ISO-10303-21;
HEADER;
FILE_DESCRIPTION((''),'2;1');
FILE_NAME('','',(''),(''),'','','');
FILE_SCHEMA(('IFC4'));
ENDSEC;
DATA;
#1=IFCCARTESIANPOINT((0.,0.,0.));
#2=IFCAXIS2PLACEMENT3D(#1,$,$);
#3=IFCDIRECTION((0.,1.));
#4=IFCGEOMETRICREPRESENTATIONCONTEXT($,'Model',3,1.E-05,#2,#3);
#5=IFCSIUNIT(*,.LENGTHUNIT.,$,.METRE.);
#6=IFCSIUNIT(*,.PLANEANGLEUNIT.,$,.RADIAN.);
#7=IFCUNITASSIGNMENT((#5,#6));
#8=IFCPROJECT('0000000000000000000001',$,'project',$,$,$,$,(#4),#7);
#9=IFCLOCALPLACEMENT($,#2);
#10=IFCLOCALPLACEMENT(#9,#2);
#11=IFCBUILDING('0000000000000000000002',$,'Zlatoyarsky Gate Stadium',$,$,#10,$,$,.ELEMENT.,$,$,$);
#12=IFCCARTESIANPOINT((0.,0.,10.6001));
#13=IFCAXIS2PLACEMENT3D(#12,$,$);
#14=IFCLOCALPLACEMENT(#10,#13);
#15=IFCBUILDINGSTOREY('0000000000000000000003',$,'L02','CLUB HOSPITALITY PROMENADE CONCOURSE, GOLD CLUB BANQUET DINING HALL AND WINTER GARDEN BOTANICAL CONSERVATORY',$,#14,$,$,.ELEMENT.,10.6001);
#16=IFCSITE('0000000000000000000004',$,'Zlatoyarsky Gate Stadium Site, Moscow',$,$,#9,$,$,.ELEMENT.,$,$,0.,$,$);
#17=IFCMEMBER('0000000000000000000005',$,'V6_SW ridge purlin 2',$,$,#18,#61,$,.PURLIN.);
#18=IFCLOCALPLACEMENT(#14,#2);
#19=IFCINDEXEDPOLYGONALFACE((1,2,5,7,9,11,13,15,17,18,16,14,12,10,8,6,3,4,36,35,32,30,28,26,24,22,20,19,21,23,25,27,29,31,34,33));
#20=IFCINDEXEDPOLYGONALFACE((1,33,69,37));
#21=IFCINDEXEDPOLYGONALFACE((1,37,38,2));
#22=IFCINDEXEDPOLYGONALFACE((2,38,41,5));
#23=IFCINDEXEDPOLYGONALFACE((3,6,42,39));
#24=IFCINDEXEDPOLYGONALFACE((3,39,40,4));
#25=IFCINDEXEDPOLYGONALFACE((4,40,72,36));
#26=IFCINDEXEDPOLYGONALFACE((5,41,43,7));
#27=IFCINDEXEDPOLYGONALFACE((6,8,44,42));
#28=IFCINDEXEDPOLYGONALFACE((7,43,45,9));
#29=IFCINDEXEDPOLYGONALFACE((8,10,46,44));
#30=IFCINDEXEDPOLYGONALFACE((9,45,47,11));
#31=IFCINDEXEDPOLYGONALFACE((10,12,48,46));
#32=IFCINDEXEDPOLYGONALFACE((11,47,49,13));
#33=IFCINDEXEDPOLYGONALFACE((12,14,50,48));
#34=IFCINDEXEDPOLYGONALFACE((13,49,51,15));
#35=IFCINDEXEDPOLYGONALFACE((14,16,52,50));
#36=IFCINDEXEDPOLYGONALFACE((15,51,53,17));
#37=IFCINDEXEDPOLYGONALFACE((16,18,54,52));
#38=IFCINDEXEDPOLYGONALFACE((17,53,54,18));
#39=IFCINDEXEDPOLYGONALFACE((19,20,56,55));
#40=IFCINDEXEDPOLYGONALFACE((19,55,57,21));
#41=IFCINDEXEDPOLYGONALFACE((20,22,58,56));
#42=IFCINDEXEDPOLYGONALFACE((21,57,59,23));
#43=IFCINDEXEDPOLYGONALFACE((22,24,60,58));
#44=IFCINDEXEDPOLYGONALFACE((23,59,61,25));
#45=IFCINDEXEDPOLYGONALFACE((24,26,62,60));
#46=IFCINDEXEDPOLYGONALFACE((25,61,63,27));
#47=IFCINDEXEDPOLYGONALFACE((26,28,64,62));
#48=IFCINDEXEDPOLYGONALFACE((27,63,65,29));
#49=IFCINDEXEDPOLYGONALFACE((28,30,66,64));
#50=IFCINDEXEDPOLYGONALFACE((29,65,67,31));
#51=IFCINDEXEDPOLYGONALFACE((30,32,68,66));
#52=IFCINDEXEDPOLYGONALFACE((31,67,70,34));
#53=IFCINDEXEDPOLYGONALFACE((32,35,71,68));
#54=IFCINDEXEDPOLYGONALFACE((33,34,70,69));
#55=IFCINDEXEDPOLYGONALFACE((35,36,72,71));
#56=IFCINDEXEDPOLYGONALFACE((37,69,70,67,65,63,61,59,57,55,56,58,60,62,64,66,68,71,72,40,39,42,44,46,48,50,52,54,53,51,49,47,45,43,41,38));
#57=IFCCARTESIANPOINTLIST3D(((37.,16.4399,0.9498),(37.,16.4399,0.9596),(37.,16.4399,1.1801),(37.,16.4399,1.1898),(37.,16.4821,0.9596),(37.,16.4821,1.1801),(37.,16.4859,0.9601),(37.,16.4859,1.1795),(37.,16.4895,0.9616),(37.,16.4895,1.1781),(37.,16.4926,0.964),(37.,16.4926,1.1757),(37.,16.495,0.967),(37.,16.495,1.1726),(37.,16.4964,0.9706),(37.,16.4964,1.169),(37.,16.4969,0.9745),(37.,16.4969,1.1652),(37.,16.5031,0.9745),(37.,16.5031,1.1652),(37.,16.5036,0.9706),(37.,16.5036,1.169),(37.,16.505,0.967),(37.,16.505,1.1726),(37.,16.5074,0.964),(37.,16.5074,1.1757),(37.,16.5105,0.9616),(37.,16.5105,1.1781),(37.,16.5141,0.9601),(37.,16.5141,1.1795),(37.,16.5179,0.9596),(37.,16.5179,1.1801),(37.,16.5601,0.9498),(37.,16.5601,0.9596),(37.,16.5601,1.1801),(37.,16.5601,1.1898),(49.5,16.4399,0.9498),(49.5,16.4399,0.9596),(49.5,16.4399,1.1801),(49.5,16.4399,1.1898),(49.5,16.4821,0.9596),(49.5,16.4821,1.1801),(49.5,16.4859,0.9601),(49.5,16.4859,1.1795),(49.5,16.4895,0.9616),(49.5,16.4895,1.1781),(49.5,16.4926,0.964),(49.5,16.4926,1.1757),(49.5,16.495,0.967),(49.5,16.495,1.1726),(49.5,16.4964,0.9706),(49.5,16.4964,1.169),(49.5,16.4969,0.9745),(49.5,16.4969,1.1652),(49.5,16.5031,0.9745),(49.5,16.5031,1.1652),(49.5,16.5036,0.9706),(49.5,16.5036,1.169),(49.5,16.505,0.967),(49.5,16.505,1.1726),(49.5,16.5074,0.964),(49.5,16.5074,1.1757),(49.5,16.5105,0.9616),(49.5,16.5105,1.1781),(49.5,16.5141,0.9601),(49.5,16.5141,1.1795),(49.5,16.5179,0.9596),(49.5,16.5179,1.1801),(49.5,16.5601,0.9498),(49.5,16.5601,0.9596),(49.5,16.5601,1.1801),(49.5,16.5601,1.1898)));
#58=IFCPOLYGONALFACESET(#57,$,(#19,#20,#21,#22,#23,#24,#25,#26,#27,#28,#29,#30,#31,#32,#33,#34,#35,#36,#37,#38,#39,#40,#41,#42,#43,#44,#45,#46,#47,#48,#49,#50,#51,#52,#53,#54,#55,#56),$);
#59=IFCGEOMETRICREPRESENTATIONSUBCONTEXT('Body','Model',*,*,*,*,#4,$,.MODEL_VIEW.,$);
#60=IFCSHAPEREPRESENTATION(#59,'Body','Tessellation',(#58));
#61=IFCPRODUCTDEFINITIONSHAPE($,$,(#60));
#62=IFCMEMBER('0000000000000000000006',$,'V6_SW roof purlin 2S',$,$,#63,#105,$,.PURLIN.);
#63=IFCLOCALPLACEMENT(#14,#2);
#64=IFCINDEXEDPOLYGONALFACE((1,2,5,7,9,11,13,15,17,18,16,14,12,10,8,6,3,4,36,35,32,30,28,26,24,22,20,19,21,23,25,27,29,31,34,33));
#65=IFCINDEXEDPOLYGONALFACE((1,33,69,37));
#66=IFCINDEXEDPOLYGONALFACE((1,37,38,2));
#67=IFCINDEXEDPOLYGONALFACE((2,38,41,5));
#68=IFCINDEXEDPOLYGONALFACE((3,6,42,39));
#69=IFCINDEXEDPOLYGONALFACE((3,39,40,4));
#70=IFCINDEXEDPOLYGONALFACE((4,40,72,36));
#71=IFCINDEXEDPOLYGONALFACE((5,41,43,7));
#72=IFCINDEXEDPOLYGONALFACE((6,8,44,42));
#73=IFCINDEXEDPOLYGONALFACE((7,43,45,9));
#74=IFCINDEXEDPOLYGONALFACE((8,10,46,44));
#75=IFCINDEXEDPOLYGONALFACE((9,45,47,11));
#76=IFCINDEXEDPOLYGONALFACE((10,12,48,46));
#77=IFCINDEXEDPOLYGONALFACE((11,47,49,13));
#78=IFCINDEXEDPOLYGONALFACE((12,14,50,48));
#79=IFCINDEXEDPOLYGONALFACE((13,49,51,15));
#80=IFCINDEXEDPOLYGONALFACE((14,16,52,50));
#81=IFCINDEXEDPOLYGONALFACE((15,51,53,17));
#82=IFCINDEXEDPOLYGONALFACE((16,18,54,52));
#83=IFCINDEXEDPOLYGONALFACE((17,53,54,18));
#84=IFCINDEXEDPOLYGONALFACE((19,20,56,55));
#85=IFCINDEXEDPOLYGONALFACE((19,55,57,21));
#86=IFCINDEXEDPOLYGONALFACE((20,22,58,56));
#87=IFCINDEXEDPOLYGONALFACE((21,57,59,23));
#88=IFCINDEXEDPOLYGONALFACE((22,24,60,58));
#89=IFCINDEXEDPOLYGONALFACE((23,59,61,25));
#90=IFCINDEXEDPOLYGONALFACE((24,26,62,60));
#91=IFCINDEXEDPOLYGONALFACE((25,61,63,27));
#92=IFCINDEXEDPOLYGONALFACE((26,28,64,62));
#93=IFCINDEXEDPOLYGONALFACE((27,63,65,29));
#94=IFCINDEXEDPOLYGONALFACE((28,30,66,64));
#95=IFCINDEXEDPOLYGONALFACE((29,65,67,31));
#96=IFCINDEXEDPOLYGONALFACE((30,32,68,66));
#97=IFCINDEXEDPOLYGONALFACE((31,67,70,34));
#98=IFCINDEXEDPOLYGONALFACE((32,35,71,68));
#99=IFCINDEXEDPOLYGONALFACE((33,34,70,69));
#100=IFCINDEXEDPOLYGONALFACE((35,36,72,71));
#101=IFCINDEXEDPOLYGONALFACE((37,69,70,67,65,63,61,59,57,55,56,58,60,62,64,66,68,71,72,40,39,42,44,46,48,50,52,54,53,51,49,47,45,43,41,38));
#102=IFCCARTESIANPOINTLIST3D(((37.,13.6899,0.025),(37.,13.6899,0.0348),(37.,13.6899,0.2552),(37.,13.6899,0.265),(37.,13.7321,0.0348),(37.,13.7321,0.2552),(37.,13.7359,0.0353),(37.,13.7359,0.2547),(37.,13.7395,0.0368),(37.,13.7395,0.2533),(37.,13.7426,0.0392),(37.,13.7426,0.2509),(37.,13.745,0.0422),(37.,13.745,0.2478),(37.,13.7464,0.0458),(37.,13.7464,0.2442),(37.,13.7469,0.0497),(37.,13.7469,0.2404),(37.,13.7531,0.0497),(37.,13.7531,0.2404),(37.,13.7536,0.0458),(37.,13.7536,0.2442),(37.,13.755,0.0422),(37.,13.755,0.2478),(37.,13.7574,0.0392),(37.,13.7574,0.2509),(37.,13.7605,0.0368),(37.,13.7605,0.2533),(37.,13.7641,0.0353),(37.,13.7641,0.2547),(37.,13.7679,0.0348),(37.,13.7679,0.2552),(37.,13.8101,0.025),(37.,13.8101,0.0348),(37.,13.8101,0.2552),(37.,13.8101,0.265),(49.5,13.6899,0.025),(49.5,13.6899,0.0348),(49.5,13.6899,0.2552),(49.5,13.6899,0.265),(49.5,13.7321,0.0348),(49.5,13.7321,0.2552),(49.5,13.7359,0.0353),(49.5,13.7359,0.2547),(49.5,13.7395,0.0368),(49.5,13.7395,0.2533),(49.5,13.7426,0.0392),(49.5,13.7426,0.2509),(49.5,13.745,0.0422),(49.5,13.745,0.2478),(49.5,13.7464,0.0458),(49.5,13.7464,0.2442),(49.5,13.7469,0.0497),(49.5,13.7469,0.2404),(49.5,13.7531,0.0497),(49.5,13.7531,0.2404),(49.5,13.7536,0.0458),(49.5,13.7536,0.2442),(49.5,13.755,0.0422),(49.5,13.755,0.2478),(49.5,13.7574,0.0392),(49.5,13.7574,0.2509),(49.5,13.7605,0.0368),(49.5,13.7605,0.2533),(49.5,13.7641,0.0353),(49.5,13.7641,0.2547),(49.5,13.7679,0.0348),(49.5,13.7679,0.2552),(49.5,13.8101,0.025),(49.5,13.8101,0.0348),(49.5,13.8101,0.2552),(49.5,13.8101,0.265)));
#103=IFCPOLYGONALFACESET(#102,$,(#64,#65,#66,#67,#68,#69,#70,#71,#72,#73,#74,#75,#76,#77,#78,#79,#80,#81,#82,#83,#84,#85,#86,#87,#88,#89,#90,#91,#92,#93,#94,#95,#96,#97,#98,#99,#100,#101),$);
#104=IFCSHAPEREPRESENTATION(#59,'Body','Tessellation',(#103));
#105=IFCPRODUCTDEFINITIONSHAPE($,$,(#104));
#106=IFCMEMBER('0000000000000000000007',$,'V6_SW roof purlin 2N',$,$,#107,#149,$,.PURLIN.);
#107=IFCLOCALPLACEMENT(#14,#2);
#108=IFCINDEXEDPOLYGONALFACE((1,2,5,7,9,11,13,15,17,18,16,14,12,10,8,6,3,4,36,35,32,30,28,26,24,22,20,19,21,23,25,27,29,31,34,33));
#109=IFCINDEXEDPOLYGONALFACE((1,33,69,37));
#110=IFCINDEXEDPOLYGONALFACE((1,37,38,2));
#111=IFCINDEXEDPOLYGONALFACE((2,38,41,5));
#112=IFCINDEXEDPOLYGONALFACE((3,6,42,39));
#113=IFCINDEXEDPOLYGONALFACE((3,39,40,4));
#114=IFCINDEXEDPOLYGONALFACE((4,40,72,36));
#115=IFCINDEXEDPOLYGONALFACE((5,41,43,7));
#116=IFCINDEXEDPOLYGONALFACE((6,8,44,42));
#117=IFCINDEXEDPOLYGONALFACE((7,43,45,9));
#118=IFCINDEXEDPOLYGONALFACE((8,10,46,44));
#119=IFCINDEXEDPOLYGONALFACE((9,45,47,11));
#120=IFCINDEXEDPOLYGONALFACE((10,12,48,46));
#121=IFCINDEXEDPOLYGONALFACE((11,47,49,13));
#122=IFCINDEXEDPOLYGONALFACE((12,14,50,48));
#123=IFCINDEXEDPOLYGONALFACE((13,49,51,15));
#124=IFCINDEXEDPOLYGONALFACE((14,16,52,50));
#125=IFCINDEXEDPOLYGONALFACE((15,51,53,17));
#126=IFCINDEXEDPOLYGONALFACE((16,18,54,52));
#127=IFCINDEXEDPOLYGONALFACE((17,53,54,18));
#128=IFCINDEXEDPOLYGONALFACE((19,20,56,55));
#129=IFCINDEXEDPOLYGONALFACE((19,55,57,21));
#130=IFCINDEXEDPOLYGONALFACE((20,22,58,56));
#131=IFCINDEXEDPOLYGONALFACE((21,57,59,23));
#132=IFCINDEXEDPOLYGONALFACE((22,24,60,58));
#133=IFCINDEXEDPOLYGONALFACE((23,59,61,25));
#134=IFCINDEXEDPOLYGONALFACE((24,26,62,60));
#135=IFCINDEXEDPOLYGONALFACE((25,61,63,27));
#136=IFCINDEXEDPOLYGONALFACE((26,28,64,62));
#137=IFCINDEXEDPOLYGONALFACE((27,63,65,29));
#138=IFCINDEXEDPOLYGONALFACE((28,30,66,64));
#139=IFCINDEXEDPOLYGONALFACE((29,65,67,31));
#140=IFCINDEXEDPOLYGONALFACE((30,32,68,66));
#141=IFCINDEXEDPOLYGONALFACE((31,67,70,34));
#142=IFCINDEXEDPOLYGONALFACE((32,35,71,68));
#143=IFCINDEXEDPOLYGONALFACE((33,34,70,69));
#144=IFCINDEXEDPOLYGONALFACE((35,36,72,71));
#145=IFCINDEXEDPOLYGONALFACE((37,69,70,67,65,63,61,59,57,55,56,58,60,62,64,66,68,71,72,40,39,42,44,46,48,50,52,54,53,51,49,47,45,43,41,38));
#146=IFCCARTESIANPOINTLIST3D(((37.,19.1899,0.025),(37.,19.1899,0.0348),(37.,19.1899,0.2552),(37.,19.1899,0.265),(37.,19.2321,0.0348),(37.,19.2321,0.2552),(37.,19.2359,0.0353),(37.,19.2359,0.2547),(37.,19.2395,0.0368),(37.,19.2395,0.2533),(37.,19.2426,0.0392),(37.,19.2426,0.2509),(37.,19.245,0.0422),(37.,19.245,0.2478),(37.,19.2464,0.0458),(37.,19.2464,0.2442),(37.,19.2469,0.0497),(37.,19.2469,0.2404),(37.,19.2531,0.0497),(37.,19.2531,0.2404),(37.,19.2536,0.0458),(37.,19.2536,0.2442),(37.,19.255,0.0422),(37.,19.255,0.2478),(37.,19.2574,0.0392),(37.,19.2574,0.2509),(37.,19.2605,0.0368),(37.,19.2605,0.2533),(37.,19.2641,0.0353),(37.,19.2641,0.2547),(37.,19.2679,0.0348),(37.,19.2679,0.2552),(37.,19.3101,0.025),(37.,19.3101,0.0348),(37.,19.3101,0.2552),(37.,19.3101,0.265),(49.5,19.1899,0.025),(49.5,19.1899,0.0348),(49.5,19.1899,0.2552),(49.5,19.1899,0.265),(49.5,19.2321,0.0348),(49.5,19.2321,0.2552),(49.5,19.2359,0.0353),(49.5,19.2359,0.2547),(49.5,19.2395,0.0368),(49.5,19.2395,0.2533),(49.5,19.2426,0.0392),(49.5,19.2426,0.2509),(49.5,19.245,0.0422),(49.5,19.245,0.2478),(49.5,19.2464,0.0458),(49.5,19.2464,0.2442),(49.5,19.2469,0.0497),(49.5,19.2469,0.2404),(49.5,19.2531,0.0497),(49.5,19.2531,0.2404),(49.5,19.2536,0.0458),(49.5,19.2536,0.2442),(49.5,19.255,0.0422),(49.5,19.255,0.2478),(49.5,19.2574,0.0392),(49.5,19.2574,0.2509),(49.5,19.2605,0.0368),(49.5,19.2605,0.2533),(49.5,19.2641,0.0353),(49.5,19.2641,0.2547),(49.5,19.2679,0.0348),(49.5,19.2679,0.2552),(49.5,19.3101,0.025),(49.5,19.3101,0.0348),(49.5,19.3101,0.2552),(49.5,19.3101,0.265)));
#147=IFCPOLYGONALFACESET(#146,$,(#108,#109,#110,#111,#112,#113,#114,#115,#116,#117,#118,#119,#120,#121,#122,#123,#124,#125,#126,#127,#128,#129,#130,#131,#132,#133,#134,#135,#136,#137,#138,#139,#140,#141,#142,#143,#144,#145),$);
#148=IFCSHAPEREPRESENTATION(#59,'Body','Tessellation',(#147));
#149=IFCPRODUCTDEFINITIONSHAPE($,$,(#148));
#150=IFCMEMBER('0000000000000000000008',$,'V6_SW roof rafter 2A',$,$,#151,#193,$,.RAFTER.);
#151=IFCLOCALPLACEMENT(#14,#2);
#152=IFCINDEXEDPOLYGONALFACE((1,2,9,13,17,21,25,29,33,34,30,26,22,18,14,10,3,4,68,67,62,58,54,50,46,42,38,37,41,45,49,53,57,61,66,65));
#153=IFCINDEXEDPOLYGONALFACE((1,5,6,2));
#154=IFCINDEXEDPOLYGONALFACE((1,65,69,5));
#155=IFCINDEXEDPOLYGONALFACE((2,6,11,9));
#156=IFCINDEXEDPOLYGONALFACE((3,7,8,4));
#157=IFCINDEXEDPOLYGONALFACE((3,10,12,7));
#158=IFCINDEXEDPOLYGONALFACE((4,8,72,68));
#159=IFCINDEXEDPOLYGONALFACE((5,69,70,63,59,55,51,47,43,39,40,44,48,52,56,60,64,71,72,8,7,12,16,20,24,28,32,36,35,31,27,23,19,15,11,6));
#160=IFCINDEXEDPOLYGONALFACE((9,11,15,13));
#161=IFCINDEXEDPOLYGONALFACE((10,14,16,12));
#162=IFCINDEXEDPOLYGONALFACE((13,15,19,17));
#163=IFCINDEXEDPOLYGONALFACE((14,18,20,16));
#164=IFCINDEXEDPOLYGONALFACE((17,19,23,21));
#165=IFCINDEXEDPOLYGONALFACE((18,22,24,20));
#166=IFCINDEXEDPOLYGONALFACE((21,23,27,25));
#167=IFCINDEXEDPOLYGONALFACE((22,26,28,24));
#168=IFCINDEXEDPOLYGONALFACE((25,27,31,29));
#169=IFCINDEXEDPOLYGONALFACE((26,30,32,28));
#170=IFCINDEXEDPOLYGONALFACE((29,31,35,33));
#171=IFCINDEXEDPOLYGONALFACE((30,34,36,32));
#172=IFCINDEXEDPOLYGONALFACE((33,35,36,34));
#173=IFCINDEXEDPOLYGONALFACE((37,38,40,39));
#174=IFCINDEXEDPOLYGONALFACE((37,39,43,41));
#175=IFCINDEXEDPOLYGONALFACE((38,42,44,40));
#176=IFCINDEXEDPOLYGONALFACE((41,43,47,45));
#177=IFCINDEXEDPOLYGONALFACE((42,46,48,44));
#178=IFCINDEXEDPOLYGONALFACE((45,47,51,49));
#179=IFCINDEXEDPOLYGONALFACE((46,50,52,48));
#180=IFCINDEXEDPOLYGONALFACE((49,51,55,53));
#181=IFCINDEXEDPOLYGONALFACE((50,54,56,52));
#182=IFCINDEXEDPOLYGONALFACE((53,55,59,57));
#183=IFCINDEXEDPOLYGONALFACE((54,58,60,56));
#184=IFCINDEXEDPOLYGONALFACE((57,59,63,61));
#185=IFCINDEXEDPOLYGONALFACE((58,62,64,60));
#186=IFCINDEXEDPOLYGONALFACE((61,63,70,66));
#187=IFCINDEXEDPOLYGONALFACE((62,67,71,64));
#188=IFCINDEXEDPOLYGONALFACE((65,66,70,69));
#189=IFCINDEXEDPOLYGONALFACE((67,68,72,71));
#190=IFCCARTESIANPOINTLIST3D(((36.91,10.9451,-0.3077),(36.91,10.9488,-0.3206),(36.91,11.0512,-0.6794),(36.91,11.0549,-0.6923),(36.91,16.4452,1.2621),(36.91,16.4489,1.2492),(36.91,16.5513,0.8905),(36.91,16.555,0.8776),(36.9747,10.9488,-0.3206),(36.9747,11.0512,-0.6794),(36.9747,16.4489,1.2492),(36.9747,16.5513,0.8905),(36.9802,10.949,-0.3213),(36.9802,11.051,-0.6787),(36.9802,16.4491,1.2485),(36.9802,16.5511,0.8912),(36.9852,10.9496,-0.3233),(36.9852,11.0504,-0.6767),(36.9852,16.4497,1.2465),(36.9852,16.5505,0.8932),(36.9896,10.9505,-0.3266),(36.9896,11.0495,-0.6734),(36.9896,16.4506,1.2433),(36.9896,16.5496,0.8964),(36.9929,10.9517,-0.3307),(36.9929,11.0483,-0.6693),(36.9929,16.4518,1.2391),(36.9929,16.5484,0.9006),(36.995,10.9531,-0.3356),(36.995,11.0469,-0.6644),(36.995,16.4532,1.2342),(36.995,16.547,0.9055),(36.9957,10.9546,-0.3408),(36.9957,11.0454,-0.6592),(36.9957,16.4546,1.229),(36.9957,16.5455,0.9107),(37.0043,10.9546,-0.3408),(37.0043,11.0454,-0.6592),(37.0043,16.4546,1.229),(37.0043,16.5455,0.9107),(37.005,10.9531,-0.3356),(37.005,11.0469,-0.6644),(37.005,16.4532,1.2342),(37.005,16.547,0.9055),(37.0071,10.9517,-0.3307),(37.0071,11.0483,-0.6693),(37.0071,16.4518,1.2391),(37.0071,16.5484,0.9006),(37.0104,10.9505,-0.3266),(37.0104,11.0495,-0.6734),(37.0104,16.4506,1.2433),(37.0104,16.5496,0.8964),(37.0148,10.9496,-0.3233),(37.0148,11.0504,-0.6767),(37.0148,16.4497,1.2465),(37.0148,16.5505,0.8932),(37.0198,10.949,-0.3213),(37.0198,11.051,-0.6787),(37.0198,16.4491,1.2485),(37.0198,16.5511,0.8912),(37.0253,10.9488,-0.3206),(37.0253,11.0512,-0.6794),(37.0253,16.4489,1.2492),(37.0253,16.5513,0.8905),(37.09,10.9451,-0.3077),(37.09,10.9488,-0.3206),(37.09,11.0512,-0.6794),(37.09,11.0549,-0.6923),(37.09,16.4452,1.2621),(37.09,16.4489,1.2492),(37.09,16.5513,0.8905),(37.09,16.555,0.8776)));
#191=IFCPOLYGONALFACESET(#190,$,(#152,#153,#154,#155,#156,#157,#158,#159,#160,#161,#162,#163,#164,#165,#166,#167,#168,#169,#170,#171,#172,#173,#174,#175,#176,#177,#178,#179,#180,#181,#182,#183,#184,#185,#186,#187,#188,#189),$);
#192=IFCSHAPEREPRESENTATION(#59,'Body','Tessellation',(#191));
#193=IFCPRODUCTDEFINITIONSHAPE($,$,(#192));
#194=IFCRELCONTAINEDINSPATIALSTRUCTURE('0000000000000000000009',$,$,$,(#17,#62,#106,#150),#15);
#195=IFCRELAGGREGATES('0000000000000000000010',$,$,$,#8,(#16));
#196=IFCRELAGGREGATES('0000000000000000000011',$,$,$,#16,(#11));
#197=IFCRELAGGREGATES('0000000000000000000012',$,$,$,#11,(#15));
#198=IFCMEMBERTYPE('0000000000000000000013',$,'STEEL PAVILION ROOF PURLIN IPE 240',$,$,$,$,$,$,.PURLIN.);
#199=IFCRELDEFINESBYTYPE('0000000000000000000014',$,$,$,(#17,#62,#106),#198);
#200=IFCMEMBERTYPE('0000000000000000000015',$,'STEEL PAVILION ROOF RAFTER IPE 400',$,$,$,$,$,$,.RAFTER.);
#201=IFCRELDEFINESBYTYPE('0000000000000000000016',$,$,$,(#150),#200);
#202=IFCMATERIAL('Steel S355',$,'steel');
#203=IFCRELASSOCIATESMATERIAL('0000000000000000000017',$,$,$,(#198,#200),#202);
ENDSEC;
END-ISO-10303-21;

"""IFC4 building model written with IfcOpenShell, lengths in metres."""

from ifc_helpers import new_model, si_unit, direction, frame, origin, origin_2d, place, context, subcontext, project, spatial, i_section, extrude, material, material_profile, profile_set, type_object, element, save


model = new_model("IFC4")

# Units and contexts
model_context = context("Model", 3, precision=1e-05, world=origin(), true_north=direction((0.0, 1.0)))
body_context = subcontext(model_context, "Body", "Model", "MODEL_VIEW")
ifc_project = project(units=[si_unit("LENGTHUNIT", "METRE"), si_unit("PLANEANGLEUNIT", "RADIAN")], contexts=[model_context])

# Site, building, storey
site_placement = place(None, origin())
site = spatial("IfcSite", under=ifc_project, at=site_placement, Name="Zlatoyarsky Gate Stadium Site, Moscow", CompositionType="ELEMENT", RefElevation=0.0)
building_placement = place(site_placement, origin())
building = spatial("IfcBuilding", under=site, at=building_placement, Name="Zlatoyarsky Gate Stadium", CompositionType="ELEMENT")
storey_placement = place(building_placement, frame((0.0, 0.0, 10.6001)))
storey = spatial("IfcBuildingStorey", under=building, at=storey_placement, Name="L02", Description="CLUB HOSPITALITY PROMENADE CONCOURSE, GOLD CLUB BANQUET DINING HALL AND WINTER GARDEN BOTANICAL CONSERVATORY", CompositionType="ELEMENT", Elevation=10.6001)

# Shared definitions
ifc_material_1 = material(Name="Steel S355", Category="steel")

# Members
ifc_material_profile_1 = material_profile(ifc_material_1, i_section(OverallWidth=0.1201, OverallDepth=0.24, WebThickness=0.0061, FlangeThickness=0.0098, FilletRadius=0.0149, at=origin_2d()), Name="IPE 240")
ifc_profile_set_1 = profile_set([ifc_material_profile_1], Name="Steel S355")
member_type_1 = type_object("IfcMemberType", Name="STEEL PAVILION ROOF PURLIN IPE 240", PredefinedType="PURLIN", material=ifc_profile_set_1)
for number, where, z_axis, x_axis, name in (
    (1, (37.0, 16.5, 1.0698), (1.0, 0.0, 0.0), (0.0, 1.0, 0.0), "V6_SW ridge purlin 2"),
    (2, (37.0, 13.75, 0.145), (1.0, 0.0, 0.0), (0.0, 1.0, 0.0), "V6_SW roof purlin 2S"),
    (3, (37.0, 19.25, 0.145), (1.0, 0.0, 0.0), (0.0, 1.0, 0.0), "V6_SW roof purlin 2N"),
):
    element("IfcMember", number, at=place(storey_placement, frame(where, z_axis=z_axis, x_axis=x_axis)), inside=storey, type_object=member_type_1, Name=name, PredefinedType="PURLIN", context=body_context, shape_type="SweptSolid", body=[
        extrude(i_section(OverallWidth=0.1201, OverallDepth=0.24, WebThickness=0.0061, FlangeThickness=0.0098, FilletRadius=0.0149, at=origin_2d()), origin(), (0.0, 0.0, 1.0), 12.5),
    ])
ifc_material_profile_2 = material_profile(ifc_material_1, i_section(OverallWidth=0.1799, OverallDepth=0.3999, WebThickness=0.0085, FlangeThickness=0.0134, FilletRadius=0.021, at=origin_2d()), Name="IPE 400")
ifc_profile_set_2 = profile_set([ifc_material_profile_2], Name="Steel S355")
member_type_2 = type_object("IfcMemberType", Name="STEEL PAVILION ROOF RAFTER IPE 400", PredefinedType="RAFTER", material=ifc_profile_set_2)
for number, where, z_axis, x_axis, name in (
    (4, (37.0, 11.0, -0.5), (0.0, 0.961598, 0.274462), (-1.0, 0.0, 0.0), "V6_SW roof rafter 2A"),
):
    element("IfcMember", number, at=place(storey_placement, frame(where, z_axis=z_axis, x_axis=x_axis)), inside=storey, type_object=member_type_2, Name=name, PredefinedType="RAFTER", context=body_context, shape_type="SweptSolid", body=[
        extrude(i_section(OverallWidth=0.1799, OverallDepth=0.3999, WebThickness=0.0085, FlangeThickness=0.0134, FilletRadius=0.021, at=origin_2d()), origin(), (0.0, 0.0, 1.0), 5.7197),
    ])

save(model, "model.ifc")
